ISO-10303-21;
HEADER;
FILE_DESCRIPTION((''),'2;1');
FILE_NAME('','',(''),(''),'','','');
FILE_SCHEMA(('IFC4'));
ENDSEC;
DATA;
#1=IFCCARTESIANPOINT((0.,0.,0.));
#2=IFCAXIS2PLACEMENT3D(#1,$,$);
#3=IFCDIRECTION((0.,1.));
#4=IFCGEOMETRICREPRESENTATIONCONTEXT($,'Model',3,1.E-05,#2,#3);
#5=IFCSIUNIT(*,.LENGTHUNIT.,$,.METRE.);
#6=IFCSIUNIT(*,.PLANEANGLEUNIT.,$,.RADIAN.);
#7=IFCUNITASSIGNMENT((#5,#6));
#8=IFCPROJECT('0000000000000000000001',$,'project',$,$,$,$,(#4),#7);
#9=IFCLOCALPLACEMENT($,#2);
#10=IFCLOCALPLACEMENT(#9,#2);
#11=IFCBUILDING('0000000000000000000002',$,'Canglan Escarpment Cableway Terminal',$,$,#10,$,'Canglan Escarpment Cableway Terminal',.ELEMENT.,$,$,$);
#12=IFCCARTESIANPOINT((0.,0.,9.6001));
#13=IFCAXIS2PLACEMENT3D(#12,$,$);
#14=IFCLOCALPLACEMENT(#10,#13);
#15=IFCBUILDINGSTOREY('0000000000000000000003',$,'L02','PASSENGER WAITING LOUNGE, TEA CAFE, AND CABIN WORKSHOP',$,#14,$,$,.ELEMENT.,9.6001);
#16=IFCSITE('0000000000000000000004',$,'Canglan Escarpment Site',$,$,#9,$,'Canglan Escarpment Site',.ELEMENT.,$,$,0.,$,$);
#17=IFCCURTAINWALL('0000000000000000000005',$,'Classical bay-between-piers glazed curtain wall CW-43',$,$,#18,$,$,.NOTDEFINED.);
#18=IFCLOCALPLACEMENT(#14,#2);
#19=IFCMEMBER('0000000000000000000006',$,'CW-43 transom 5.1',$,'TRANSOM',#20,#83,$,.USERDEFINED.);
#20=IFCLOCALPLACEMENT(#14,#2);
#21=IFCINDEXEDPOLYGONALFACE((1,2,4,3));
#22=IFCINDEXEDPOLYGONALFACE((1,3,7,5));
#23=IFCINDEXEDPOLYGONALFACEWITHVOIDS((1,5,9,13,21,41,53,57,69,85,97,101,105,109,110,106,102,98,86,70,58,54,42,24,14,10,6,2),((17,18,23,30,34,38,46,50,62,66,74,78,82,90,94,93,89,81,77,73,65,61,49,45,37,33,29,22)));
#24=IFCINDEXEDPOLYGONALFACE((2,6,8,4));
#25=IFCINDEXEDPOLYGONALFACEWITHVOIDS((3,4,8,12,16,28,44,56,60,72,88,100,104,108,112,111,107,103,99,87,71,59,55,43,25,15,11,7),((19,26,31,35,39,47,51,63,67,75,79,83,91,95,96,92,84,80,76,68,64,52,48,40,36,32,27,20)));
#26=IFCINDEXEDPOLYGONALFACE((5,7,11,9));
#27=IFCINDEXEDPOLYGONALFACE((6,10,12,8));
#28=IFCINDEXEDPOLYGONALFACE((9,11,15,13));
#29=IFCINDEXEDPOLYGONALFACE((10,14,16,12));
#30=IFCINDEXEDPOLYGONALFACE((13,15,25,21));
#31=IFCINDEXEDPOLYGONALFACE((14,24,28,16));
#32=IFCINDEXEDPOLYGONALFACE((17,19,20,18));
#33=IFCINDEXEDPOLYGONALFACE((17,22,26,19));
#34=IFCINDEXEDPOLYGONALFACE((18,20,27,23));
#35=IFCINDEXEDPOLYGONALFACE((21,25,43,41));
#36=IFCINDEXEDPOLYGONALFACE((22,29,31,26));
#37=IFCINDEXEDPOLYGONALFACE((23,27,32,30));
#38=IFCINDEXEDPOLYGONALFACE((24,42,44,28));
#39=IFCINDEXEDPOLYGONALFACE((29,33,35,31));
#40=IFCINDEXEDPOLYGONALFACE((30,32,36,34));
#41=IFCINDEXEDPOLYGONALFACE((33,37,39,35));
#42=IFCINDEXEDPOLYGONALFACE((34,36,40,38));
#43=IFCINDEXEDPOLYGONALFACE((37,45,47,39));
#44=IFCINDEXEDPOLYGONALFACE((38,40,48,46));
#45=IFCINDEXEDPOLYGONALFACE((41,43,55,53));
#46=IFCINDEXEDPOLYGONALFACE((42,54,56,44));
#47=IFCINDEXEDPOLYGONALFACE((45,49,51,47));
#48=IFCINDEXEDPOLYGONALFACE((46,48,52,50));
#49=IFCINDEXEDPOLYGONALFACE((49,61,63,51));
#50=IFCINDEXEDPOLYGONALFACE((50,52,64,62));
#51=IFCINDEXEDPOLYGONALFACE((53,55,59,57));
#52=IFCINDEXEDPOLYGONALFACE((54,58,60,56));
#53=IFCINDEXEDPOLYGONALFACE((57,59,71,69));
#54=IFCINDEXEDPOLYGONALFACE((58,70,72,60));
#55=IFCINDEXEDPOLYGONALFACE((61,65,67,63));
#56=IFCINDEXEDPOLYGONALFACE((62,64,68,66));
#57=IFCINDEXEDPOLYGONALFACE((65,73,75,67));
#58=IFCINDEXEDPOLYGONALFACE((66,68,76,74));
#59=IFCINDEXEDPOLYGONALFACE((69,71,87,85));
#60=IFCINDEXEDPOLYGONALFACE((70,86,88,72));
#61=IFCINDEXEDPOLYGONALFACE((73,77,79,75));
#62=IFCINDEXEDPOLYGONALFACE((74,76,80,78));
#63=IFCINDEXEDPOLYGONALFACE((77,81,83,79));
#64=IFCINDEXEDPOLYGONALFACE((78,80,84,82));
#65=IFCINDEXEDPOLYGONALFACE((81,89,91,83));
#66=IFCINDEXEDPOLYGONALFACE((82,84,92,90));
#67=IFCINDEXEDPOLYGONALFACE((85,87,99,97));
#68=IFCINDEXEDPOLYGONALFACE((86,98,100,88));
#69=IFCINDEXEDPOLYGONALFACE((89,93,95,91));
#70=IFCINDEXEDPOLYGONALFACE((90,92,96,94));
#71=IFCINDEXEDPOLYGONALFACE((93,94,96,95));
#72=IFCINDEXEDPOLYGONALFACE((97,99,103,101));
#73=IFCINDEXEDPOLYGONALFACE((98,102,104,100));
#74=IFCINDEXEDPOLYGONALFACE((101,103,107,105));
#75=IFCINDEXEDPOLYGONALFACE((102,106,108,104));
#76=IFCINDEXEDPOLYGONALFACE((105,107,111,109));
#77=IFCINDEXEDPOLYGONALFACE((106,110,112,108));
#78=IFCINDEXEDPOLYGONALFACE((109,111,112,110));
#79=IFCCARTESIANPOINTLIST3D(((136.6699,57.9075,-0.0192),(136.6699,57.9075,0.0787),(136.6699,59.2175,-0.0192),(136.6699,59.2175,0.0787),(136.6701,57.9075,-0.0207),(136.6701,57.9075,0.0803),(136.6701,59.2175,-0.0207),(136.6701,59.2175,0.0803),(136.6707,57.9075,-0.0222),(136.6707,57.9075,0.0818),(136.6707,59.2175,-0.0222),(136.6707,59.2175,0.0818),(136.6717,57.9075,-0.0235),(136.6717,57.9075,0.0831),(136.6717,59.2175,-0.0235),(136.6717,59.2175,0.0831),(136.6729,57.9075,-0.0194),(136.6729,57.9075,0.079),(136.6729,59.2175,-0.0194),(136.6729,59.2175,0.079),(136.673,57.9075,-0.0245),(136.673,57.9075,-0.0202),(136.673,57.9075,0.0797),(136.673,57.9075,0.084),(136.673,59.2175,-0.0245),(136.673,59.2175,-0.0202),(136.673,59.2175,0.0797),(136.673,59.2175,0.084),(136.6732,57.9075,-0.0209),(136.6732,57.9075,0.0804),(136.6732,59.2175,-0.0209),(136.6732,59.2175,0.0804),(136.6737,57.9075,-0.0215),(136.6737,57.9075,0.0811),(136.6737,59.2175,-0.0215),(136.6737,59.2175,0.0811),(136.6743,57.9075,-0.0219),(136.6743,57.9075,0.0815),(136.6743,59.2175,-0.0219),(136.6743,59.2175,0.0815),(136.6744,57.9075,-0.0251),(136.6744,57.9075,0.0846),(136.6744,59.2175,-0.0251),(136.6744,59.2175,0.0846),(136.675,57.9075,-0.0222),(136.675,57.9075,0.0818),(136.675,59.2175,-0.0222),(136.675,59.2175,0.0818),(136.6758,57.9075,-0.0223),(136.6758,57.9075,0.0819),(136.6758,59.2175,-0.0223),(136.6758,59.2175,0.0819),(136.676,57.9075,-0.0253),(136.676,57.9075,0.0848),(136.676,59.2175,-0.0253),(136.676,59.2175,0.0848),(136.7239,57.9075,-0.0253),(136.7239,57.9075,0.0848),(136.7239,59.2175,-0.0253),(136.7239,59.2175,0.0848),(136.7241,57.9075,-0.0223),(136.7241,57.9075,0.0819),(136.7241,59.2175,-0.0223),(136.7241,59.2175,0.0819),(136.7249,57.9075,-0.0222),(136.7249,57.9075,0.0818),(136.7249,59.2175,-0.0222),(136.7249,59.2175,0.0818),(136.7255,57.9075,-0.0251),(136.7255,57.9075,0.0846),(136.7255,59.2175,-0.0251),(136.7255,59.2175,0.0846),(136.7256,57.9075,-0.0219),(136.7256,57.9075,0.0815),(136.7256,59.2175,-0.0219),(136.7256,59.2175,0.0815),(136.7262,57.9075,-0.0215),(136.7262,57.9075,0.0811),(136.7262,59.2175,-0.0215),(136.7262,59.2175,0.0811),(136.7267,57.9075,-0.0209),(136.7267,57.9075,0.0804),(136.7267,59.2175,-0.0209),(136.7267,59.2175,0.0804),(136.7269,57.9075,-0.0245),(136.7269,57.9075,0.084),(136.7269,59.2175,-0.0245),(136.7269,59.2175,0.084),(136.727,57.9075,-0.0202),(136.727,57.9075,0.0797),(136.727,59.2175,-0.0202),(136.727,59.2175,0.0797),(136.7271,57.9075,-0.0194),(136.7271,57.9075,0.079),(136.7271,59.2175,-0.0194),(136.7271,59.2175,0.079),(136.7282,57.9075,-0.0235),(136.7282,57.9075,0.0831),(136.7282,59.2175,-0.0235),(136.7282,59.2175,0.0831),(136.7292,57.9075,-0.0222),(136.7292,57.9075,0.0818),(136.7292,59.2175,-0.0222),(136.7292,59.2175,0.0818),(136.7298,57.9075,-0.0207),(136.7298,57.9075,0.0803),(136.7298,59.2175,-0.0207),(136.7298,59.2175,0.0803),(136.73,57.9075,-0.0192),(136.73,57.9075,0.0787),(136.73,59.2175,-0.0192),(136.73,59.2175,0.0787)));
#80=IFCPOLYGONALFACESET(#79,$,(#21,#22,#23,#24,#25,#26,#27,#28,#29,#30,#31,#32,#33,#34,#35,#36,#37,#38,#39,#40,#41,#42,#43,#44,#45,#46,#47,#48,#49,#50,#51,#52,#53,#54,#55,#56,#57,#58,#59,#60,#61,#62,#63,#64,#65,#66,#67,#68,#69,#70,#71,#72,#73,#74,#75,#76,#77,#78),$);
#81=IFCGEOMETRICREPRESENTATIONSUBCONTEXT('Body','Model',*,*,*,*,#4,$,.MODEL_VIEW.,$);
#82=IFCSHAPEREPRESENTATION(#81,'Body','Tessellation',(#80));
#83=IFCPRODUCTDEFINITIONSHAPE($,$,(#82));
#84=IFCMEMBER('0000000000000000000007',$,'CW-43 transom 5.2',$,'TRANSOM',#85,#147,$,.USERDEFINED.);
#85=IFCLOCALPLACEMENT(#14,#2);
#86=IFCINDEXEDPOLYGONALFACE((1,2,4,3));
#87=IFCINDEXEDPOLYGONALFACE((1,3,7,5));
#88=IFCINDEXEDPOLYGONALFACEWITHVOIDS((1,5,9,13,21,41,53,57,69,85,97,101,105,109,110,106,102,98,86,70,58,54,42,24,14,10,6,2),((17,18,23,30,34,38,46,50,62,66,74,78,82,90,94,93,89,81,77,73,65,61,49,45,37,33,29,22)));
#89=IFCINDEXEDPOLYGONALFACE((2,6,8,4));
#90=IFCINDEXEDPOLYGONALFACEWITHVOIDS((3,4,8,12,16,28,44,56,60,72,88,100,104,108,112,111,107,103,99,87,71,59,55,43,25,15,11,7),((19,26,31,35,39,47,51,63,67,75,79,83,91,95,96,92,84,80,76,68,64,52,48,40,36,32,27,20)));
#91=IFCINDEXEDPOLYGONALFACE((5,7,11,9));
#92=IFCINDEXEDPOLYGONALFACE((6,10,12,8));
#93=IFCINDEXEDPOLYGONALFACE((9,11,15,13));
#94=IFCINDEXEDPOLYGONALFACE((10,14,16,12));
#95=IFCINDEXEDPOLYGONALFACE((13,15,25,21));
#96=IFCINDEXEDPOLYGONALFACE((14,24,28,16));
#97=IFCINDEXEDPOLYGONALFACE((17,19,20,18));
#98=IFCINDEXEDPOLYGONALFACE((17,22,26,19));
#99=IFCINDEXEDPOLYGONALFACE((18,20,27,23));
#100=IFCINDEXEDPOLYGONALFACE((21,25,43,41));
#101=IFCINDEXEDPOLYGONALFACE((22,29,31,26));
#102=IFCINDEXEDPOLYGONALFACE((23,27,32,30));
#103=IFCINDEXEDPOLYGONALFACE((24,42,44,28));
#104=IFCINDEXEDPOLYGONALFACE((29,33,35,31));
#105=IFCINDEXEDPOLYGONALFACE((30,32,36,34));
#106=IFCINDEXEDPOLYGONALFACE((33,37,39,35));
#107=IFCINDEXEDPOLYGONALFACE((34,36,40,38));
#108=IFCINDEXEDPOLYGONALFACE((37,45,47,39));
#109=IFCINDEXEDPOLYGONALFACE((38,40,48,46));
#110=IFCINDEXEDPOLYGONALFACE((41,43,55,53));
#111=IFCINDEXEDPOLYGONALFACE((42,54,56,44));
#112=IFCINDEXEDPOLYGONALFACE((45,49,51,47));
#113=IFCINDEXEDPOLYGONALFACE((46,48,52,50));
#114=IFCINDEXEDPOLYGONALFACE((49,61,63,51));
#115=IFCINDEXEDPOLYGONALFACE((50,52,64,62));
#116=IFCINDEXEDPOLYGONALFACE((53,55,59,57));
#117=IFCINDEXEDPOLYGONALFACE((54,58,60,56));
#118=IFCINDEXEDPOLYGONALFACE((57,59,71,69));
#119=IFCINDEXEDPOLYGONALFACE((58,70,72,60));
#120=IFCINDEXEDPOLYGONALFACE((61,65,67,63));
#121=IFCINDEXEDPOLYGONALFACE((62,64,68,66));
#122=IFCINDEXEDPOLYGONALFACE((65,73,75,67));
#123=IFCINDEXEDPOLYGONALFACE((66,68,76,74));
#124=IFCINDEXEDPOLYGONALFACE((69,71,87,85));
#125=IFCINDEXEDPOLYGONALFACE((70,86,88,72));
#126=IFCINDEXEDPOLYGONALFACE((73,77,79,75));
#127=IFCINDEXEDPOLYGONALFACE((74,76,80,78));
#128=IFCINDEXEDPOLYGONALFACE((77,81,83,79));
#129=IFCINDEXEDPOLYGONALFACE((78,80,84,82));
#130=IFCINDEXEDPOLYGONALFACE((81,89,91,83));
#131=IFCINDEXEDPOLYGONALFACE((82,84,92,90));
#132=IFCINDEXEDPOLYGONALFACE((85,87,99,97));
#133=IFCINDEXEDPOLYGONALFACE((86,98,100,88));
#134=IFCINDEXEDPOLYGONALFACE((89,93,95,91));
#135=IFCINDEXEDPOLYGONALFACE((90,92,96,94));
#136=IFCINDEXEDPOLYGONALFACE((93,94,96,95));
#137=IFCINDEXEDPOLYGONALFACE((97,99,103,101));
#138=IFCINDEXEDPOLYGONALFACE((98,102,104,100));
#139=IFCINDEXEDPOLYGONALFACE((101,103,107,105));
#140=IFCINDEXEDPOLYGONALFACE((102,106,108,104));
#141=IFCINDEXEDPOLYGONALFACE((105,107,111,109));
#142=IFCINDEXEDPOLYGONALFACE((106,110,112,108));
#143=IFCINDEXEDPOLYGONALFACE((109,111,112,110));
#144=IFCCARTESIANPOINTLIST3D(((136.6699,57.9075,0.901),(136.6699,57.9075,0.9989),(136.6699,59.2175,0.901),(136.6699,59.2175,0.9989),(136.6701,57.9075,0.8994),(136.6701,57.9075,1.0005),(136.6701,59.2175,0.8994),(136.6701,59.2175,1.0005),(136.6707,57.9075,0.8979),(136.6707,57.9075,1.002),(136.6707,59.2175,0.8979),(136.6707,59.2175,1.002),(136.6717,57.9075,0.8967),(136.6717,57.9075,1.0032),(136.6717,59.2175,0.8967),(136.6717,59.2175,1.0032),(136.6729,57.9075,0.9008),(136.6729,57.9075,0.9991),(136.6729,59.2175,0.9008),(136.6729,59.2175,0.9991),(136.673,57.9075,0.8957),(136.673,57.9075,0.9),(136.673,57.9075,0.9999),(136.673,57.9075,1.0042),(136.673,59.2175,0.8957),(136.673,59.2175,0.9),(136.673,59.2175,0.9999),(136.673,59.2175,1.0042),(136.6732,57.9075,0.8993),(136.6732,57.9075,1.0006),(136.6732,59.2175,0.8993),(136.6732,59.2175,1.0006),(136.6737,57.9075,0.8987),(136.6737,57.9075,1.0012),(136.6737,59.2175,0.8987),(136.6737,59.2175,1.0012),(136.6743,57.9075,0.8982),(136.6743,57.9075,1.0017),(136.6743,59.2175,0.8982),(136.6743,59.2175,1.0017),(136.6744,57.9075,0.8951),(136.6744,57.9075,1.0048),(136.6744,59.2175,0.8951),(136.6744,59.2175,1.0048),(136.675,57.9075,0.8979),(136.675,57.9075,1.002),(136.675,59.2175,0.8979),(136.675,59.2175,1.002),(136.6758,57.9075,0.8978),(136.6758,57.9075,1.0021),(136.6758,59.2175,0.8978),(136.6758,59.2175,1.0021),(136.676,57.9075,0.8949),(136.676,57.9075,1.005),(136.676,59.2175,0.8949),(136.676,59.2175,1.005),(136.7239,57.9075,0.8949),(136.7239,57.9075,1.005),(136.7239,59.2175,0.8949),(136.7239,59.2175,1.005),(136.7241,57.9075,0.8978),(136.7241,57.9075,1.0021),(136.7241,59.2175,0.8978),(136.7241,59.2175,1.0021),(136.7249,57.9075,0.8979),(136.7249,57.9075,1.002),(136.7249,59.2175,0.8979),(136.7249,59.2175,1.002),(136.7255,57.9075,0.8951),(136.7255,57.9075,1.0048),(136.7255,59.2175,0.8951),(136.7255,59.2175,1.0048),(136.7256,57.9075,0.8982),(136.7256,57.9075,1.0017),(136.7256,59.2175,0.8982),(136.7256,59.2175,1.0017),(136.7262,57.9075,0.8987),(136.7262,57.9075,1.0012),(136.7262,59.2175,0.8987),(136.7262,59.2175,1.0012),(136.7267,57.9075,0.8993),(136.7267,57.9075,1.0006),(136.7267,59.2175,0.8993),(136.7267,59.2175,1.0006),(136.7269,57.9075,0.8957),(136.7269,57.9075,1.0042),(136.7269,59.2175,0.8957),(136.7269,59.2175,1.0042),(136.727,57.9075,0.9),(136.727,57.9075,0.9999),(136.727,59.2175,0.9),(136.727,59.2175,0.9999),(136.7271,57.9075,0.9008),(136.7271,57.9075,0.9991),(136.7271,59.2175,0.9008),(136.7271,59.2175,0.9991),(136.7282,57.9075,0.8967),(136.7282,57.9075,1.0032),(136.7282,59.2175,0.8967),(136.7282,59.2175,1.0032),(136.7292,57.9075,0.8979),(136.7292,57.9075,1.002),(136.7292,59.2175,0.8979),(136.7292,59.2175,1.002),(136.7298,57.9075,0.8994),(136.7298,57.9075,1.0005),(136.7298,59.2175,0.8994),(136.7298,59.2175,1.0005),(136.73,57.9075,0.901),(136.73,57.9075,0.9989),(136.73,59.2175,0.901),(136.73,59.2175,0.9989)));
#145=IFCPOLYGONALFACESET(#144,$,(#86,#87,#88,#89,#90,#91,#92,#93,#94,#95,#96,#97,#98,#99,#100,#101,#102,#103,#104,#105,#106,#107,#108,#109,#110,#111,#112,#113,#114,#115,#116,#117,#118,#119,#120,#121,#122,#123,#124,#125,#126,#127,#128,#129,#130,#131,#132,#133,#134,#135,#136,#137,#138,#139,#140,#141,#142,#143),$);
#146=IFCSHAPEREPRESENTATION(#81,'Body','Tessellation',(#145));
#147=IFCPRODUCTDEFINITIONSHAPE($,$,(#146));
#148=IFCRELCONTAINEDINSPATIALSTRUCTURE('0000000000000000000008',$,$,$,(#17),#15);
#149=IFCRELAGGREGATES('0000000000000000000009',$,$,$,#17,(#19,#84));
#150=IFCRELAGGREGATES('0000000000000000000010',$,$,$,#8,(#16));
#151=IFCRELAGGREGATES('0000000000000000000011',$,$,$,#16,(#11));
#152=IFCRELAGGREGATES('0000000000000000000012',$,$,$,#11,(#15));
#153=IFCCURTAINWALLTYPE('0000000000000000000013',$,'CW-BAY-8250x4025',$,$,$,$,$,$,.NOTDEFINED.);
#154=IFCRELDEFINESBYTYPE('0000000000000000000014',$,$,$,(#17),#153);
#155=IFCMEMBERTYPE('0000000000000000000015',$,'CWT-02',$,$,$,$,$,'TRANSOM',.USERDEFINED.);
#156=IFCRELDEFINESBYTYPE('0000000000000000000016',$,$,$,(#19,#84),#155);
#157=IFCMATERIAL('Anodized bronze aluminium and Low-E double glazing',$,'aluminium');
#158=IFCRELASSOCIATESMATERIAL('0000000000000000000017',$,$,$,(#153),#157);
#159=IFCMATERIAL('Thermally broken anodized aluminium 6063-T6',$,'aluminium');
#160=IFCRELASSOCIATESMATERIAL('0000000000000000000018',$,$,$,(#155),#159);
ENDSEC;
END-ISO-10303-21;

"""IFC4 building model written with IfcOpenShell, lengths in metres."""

from ifc_helpers import new_model, si_unit, direction, frame, origin, origin_2d, place, context, subcontext, project, spatial, hollow_rectangle, extrude, material, material_profile, profile_set, type_object, element, aggregate, save


model = new_model("IFC4")

# Units and contexts
model_context = context("Model", 3, precision=1e-05, world=origin(), true_north=direction((0.0, 1.0)))
body_context = subcontext(model_context, "Body", "Model", "MODEL_VIEW")
ifc_project = project(units=[si_unit("LENGTHUNIT", "METRE"), si_unit("PLANEANGLEUNIT", "RADIAN")], contexts=[model_context])

# Site, building, storey
site_placement = place(None, origin())
site = spatial("IfcSite", under=ifc_project, at=site_placement, Name="Canglan Escarpment Site", LongName="Canglan Escarpment Site", CompositionType="ELEMENT", RefElevation=0.0)
building_placement = place(site_placement, origin())
building = spatial("IfcBuilding", under=site, at=building_placement, Name="Canglan Escarpment Cableway Terminal", LongName="Canglan Escarpment Cableway Terminal", CompositionType="ELEMENT")
storey_placement = place(building_placement, frame((0.0, 0.0, 9.6001)))
storey = spatial("IfcBuildingStorey", under=building, at=storey_placement, Name="L02", Description="PASSENGER WAITING LOUNGE, TEA CAFE, AND CABIN WORKSHOP", CompositionType="ELEMENT", Elevation=9.6001)

# Curtain wall
ifc_material_1 = material(Name="Anodized bronze aluminium and Low-E double glazing", Category="aluminium")
curtain_wall_type = type_object("IfcCurtainWallType", Name="CW-BAY-8250x4025", PredefinedType="NOTDEFINED", material=ifc_material_1)
curtain_wall_1_placement = place(storey_placement, origin())
curtain_wall_1 = element("IfcCurtainWall", 1, at=curtain_wall_1_placement, inside=storey, type_object=curtain_wall_type, Name="Classical bay-between-piers glazed curtain wall CW-43", PredefinedType="NOTDEFINED")
ifc_material_2 = material(Name="Thermally broken anodized aluminium 6063-T6", Category="aluminium")

# Members
ifc_material_profile_1 = material_profile(ifc_material_2, hollow_rectangle(XDim=0.0601, YDim=0.1101, WallThickness=0.0029, InnerFilletRadius=0.0029, OuterFilletRadius=0.0061, at=origin_2d()), Name="ALU-TRAN 60x110x3")
ifc_profile_set_1 = profile_set([ifc_material_profile_1], Name="Thermally broken anodized aluminium 6063-T6")
member_type_1 = type_object("IfcMemberType", Name="CWT-02", ElementType="TRANSOM", PredefinedType="USERDEFINED", material=ifc_profile_set_1)
member_1_placement = place(storey_placement, frame((136.7, 57.9075, 0.0298), z_axis=(0.0, 1.0, 0.0), x_axis=(-1.0, 0.0, 0.0)))
member_1 = element("IfcMember", 2, at=member_1_placement, type_object=member_type_1, Name="CW-43 transom 5.1", ObjectType="TRANSOM", PredefinedType="USERDEFINED", context=body_context, shape_type="SweptSolid", body=[
    extrude(hollow_rectangle(XDim=0.0601, YDim=0.1101, WallThickness=0.0029, InnerFilletRadius=0.0029, OuterFilletRadius=0.0061, at=origin_2d()), origin(), (0.0, 0.0, 1.0), 1.3101),
])
member_2_placement = place(storey_placement, frame((136.7, 57.9075, 0.95), z_axis=(0.0, 1.0, 0.0), x_axis=(-1.0, 0.0, 0.0)))
member_2 = element("IfcMember", 3, at=member_2_placement, type_object=member_type_1, Name="CW-43 transom 5.2", ObjectType="TRANSOM", PredefinedType="USERDEFINED", context=body_context, shape_type="SweptSolid", body=[
    extrude(hollow_rectangle(XDim=0.0601, YDim=0.1101, WallThickness=0.0029, InnerFilletRadius=0.0029, OuterFilletRadius=0.0061, at=origin_2d()), origin(), (0.0, 0.0, 1.0), 1.3101),
])

aggregate(curtain_wall_1, [member_1, member_2])

save(model, "model.ifc")
